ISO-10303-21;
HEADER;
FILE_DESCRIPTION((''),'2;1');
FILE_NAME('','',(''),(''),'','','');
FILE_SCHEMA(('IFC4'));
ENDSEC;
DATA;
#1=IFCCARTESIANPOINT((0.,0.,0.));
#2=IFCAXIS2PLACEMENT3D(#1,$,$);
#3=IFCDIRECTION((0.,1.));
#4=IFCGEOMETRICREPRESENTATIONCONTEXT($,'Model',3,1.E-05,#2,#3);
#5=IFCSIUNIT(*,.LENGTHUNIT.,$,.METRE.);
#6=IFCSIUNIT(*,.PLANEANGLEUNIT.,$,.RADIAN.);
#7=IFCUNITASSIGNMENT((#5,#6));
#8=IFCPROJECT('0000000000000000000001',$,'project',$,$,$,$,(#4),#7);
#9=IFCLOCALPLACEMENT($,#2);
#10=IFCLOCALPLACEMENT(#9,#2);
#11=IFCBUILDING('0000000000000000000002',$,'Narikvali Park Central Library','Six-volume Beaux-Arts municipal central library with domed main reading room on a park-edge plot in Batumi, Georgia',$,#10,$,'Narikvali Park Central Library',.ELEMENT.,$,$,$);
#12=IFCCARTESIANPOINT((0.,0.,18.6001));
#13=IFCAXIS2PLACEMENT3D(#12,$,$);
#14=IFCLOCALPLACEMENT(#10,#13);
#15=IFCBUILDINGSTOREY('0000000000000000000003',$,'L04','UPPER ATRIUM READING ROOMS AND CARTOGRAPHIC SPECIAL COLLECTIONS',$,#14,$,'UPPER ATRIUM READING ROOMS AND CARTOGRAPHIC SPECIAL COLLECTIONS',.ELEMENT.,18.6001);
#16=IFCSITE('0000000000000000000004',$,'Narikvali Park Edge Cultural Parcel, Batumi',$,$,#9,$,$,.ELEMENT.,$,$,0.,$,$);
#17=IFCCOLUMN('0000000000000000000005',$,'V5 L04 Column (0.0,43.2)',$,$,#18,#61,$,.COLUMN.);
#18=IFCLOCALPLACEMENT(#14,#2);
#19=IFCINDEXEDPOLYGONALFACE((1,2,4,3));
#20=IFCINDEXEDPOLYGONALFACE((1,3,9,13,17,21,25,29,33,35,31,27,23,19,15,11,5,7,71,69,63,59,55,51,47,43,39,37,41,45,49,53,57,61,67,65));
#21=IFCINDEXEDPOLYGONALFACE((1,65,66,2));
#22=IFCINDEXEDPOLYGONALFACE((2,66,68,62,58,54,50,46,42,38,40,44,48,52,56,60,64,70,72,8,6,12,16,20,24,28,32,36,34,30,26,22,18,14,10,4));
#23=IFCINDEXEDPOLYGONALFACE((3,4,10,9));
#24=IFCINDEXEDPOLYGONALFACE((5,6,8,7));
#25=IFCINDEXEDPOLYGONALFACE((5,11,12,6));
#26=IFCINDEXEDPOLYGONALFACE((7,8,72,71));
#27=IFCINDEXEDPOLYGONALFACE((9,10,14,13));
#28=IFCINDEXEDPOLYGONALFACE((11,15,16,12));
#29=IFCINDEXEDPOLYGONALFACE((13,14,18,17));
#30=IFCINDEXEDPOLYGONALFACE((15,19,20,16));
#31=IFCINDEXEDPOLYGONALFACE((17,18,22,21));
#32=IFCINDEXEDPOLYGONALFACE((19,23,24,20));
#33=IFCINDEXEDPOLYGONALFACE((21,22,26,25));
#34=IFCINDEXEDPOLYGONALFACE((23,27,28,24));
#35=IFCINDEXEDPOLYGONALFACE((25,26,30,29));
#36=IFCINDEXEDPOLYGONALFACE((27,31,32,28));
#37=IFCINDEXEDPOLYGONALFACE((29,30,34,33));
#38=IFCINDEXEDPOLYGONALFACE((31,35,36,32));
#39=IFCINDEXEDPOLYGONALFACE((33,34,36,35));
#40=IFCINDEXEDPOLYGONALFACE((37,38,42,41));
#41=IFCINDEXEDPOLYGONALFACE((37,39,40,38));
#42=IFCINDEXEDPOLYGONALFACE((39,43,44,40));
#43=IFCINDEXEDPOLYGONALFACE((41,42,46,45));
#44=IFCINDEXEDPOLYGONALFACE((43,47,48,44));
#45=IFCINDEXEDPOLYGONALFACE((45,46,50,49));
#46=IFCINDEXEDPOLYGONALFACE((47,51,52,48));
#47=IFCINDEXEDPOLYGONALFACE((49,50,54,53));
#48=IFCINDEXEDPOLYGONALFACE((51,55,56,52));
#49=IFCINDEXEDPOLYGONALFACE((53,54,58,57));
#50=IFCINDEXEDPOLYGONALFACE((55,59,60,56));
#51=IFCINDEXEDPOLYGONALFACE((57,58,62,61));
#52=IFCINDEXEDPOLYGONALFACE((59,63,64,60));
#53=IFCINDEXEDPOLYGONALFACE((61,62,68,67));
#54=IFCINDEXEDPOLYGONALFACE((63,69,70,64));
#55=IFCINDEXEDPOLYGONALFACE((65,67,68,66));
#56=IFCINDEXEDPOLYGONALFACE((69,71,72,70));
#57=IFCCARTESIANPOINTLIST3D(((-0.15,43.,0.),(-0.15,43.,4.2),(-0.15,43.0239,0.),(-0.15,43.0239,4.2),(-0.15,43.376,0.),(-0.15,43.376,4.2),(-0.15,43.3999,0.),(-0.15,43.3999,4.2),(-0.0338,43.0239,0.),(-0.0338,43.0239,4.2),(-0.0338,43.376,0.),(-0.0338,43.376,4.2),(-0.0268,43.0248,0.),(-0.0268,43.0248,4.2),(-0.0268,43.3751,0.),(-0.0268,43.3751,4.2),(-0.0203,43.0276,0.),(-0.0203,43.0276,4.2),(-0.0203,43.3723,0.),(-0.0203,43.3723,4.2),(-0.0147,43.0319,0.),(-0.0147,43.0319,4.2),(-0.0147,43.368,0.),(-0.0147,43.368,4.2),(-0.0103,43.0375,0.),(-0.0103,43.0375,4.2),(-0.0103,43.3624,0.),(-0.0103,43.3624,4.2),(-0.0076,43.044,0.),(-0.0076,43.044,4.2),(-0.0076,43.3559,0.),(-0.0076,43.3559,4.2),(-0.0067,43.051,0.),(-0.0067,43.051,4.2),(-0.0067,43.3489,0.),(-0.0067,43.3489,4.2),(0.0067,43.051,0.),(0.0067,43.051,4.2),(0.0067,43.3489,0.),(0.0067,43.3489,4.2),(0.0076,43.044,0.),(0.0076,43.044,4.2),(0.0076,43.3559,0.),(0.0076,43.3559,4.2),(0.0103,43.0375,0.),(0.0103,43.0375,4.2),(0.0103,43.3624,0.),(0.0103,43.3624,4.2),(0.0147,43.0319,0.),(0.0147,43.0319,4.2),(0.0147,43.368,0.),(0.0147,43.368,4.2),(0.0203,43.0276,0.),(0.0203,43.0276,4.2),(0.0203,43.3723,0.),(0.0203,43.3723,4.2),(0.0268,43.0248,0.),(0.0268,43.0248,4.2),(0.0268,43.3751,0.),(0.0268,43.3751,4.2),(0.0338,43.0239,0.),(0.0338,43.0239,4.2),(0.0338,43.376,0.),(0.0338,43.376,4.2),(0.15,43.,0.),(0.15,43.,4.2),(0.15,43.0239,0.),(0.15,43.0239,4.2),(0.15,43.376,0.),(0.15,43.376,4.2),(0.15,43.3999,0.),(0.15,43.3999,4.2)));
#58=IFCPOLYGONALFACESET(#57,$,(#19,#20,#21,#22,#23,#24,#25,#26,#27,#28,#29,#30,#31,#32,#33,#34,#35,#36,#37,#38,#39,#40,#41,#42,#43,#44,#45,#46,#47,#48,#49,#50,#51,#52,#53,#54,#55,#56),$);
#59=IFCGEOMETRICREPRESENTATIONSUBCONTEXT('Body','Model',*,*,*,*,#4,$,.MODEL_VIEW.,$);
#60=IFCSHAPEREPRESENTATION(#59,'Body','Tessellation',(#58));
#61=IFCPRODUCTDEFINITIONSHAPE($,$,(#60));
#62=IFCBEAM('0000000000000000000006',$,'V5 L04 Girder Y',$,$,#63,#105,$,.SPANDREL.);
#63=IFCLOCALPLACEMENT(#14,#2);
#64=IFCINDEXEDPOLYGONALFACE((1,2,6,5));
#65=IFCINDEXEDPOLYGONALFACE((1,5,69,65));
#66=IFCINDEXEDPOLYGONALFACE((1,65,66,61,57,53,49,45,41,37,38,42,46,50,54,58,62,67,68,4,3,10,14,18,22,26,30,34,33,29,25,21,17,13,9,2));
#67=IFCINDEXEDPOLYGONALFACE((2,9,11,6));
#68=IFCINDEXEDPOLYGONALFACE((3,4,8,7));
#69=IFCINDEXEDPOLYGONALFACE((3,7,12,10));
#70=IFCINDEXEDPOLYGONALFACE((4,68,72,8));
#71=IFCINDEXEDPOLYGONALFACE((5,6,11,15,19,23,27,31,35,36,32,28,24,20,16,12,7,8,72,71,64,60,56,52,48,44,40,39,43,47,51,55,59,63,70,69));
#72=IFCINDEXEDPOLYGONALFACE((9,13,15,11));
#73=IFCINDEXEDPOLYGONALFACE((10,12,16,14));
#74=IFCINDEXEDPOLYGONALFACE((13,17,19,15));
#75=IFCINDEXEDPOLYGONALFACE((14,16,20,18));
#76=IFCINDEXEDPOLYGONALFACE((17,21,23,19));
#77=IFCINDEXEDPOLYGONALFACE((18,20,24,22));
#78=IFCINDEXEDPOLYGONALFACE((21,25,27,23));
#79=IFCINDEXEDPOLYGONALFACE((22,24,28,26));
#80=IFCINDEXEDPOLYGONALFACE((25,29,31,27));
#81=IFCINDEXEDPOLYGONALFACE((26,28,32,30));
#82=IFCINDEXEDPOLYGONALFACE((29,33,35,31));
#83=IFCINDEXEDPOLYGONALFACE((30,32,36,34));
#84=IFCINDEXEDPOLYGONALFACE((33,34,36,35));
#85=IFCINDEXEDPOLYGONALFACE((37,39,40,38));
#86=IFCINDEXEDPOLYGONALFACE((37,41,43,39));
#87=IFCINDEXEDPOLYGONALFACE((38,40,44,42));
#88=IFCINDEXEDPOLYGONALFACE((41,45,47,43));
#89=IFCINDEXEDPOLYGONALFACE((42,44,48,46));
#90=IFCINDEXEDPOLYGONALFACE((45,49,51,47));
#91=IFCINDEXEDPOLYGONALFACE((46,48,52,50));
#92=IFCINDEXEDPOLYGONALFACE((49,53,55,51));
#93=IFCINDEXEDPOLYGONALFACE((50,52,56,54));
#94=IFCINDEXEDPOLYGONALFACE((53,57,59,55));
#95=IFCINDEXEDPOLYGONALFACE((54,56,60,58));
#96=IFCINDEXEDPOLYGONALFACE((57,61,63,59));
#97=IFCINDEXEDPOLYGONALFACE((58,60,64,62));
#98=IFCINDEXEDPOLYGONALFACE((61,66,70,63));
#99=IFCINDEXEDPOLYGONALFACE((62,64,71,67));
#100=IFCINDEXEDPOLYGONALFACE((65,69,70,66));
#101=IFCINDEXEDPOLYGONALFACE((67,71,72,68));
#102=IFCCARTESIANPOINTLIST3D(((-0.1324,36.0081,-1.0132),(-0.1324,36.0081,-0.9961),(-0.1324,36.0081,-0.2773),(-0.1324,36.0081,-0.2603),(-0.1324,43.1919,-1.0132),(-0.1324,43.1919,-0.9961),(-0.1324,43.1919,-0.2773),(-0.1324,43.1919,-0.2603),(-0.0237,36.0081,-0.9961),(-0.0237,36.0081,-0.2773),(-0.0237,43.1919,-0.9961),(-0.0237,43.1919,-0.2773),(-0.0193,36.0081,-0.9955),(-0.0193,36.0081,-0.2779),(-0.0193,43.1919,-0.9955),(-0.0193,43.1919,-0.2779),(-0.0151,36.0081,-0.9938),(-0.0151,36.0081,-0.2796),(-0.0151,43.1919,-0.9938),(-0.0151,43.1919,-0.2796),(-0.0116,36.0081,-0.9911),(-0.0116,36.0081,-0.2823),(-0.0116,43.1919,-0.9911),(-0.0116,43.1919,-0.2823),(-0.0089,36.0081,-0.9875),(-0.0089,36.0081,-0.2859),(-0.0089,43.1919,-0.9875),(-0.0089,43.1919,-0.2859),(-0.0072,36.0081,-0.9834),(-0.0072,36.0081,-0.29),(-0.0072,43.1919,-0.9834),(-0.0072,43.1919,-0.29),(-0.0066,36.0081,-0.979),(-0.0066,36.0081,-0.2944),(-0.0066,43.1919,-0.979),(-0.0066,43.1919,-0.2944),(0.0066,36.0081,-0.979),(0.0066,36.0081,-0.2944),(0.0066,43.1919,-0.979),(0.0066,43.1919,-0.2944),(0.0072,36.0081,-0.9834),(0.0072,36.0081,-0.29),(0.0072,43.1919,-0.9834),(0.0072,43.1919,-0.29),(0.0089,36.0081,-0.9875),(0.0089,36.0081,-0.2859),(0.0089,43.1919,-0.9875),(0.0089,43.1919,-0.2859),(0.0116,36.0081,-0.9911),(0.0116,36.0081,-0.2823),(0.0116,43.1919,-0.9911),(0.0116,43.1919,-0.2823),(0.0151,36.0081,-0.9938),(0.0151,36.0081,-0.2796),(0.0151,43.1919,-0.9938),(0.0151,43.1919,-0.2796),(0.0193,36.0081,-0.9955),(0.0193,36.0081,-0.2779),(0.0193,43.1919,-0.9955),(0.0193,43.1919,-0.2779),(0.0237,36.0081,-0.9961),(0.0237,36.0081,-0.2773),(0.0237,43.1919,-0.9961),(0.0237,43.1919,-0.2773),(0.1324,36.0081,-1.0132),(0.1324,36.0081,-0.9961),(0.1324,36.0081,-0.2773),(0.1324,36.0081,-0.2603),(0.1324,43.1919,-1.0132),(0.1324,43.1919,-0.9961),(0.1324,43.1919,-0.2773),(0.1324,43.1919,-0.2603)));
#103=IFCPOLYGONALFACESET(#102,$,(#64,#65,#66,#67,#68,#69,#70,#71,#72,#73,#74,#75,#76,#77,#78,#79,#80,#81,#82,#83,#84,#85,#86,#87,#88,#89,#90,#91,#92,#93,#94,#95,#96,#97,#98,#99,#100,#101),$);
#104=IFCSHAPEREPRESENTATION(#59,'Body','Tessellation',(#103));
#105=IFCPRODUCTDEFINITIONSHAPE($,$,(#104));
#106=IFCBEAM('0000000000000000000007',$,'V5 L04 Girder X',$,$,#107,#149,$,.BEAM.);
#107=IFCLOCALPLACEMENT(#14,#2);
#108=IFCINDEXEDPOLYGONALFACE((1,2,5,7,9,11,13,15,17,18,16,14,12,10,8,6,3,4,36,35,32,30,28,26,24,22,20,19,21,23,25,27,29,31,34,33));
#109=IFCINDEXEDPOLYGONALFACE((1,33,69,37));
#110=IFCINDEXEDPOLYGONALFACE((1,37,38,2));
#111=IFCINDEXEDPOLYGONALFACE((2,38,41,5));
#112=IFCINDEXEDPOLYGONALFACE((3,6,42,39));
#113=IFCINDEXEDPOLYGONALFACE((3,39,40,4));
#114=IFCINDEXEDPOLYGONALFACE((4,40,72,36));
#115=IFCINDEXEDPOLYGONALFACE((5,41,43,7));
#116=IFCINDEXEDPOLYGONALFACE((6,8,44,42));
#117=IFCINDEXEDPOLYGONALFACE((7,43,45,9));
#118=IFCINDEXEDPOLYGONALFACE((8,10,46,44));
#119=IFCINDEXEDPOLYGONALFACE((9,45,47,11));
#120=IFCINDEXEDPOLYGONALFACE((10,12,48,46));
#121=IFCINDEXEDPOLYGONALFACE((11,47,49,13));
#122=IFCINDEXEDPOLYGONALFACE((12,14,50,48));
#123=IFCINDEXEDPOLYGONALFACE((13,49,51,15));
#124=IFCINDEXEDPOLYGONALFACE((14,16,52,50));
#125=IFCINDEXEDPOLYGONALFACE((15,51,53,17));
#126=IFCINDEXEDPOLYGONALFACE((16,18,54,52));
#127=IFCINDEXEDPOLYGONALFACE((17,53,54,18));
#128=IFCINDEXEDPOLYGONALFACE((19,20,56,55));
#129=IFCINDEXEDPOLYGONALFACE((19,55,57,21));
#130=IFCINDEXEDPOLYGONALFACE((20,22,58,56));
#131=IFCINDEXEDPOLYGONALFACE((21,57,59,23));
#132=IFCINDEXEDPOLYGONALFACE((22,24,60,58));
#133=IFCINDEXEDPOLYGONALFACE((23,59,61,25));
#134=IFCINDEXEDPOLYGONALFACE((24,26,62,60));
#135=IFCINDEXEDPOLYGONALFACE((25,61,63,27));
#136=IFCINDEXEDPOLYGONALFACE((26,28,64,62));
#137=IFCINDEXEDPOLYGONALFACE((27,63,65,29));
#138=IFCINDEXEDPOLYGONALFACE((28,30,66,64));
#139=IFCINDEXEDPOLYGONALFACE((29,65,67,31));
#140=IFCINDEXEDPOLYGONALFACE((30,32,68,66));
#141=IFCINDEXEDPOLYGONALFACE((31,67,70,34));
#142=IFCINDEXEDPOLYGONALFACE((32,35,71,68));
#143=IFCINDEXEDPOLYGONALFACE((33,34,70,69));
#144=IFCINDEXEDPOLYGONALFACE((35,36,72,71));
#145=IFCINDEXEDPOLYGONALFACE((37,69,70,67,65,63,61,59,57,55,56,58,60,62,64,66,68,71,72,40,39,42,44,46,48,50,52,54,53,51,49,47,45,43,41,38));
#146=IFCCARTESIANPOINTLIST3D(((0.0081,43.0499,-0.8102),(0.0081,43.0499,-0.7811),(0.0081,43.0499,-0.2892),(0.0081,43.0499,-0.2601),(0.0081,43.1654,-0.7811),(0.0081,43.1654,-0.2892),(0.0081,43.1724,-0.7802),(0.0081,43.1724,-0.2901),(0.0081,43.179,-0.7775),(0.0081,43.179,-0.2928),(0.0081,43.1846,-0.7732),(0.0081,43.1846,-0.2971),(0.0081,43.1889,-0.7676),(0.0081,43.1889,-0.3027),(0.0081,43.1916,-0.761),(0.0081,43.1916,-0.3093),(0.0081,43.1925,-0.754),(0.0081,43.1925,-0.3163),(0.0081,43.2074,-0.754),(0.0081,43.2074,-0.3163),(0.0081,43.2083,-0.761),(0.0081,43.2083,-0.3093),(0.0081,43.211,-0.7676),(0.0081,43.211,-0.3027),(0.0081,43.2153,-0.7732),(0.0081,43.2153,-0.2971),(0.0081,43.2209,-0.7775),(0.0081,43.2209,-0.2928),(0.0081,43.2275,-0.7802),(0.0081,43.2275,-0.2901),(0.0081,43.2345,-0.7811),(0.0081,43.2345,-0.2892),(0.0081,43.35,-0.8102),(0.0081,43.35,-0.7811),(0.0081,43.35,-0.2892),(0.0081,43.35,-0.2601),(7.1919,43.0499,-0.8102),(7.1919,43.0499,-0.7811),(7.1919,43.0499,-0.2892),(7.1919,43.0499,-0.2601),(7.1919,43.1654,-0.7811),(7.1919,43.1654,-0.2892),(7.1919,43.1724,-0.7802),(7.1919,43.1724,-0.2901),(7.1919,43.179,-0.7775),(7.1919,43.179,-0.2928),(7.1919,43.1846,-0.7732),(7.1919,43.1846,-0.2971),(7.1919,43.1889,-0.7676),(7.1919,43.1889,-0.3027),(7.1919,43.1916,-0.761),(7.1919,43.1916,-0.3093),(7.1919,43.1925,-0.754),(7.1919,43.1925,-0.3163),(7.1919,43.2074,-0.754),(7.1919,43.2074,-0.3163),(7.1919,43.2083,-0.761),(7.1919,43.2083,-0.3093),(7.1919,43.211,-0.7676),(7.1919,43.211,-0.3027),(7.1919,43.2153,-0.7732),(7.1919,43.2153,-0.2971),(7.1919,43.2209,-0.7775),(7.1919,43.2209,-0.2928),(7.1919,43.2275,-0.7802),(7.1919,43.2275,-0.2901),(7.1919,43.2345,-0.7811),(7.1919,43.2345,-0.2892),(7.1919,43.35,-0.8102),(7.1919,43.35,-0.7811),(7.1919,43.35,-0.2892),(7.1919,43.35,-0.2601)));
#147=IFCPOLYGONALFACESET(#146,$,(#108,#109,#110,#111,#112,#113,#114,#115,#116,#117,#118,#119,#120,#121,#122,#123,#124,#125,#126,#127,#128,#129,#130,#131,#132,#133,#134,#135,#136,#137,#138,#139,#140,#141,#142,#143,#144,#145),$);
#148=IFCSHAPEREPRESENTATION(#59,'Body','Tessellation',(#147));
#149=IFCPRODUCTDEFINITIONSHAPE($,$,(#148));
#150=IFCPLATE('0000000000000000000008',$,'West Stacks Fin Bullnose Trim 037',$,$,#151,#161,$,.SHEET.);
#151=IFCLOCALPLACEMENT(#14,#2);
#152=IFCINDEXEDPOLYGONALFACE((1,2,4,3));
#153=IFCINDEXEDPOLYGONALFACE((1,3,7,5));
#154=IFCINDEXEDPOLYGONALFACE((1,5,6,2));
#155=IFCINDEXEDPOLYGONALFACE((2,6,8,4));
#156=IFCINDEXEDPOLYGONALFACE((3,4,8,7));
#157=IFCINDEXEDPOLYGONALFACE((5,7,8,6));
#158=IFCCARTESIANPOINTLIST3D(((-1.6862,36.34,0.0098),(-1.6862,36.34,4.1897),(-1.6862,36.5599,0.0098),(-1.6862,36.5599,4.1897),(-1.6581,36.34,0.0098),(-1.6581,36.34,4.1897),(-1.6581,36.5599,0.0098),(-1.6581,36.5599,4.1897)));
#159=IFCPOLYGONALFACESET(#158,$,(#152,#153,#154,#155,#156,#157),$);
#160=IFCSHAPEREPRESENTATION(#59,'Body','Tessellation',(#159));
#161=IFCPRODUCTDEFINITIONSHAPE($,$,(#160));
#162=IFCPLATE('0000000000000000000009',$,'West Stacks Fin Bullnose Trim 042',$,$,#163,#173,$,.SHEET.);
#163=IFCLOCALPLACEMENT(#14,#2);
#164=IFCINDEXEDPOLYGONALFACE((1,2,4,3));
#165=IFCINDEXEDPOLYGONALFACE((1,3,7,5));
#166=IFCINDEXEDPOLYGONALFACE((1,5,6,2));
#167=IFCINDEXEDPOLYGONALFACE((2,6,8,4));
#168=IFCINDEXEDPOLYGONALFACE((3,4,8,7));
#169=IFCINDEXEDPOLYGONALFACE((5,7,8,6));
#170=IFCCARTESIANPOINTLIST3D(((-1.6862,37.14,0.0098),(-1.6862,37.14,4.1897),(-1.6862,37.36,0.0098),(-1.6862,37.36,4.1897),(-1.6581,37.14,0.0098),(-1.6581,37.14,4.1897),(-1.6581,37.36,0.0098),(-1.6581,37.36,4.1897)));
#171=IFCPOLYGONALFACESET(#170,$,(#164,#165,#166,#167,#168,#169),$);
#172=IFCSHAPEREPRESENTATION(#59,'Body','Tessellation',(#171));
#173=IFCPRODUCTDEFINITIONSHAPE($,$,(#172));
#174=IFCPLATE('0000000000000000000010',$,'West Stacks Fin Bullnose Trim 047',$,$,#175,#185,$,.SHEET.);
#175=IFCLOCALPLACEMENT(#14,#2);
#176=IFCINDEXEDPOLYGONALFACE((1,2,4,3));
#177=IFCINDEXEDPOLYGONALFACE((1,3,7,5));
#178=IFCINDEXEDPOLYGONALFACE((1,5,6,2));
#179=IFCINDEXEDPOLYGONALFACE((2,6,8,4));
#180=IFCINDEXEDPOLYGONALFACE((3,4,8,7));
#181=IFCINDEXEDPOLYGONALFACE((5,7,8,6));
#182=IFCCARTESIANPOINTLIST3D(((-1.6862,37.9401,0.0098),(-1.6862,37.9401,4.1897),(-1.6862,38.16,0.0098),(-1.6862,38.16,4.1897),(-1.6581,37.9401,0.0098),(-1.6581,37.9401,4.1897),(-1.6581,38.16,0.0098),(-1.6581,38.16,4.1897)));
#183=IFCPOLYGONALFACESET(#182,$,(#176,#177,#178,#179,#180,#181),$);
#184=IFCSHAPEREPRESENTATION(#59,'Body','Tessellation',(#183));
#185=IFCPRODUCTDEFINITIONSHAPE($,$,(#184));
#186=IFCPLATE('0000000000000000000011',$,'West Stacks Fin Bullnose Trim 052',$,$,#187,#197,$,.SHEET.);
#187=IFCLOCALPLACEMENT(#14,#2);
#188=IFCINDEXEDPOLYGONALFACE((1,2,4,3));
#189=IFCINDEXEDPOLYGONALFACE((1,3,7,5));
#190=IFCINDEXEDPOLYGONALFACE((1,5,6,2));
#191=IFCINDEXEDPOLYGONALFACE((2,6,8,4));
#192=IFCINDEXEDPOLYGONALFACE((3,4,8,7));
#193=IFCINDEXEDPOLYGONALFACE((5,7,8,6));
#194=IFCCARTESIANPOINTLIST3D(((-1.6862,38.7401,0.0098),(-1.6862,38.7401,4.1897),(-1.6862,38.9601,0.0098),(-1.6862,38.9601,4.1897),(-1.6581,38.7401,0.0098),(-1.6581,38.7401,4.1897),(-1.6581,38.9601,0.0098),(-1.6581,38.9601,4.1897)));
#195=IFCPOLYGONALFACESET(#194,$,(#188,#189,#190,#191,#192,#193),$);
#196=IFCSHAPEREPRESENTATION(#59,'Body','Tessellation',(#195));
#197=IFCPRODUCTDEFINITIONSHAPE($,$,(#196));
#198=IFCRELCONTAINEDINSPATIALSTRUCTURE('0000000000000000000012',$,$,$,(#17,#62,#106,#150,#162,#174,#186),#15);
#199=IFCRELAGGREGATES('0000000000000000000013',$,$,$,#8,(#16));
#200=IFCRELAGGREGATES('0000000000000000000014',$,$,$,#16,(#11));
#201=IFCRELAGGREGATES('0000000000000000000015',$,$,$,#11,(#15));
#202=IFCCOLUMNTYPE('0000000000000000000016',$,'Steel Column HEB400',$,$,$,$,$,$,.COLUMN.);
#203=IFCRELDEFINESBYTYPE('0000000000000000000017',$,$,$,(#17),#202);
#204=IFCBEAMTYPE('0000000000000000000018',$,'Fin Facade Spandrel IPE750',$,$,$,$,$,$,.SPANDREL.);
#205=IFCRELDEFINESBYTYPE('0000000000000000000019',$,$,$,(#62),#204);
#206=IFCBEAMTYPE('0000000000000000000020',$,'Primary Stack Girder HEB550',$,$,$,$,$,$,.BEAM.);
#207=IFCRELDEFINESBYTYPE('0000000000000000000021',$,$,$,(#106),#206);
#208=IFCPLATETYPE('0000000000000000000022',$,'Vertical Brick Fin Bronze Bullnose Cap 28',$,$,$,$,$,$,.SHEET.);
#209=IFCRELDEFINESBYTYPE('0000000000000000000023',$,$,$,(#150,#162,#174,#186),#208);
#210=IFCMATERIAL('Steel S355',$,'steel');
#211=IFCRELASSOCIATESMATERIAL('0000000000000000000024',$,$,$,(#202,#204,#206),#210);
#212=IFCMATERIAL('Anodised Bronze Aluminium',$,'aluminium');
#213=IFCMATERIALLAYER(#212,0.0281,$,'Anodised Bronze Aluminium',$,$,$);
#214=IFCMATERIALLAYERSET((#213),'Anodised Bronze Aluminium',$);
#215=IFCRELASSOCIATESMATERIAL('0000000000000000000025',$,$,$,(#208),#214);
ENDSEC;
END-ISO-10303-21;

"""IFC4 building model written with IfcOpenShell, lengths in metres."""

from ifc_helpers import new_model, si_unit, direction, frame, origin, origin_2d, place, context, subcontext, project, spatial, rectangle, i_section, extrude, material, layer, layer_set, material_profile, profile_set, type_object, element, save


model = new_model("IFC4")

# Units and contexts
model_context = context("Model", 3, precision=1e-05, world=origin(), true_north=direction((0.0, 1.0)))
body_context = subcontext(model_context, "Body", "Model", "MODEL_VIEW")
ifc_project = project(units=[si_unit("LENGTHUNIT", "METRE"), si_unit("PLANEANGLEUNIT", "RADIAN")], contexts=[model_context])

# Site, building, storey
site_placement = place(None, origin())
site = spatial("IfcSite", under=ifc_project, at=site_placement, Name="Narikvali Park Edge Cultural Parcel, Batumi", CompositionType="ELEMENT", RefElevation=0.0)
building_placement = place(site_placement, origin())
building = spatial("IfcBuilding", under=site, at=building_placement, Name="Narikvali Park Central Library", Description="Six-volume Beaux-Arts municipal central library with domed main reading room on a park-edge plot in Batumi, Georgia", LongName="Narikvali Park Central Library", CompositionType="ELEMENT")
storey_placement = place(building_placement, frame((0.0, 0.0, 18.6001)))
storey = spatial("IfcBuildingStorey", under=building, at=storey_placement, Name="L04", Description="UPPER ATRIUM READING ROOMS AND CARTOGRAPHIC SPECIAL COLLECTIONS", LongName="UPPER ATRIUM READING ROOMS AND CARTOGRAPHIC SPECIAL COLLECTIONS", CompositionType="ELEMENT", Elevation=18.6001)

# Column
ifc_material_1 = material(Name="Steel S355", Category="steel")
ifc_material_profile_1 = material_profile(ifc_material_1, i_section(OverallWidth=0.3, OverallDepth=0.3999, WebThickness=0.0134, FlangeThickness=0.0239, FilletRadius=0.0271, at=origin_2d()), Name="HEB 400")
ifc_profile_set_1 = profile_set([ifc_material_profile_1], Name="Steel S355")
column_type = type_object("IfcColumnType", Name="Steel Column HEB400", PredefinedType="COLUMN", material=ifc_profile_set_1)
column_placement = place(storey_placement, frame((0.0, 43.2, 0.0), z_axis=(0.0, 0.0, 1.0), x_axis=(1.0, 0.0, 0.0)))
element("IfcColumn", 1, at=column_placement, inside=storey, type_object=column_type, Name="V5 L04 Column (0.0,43.2)", PredefinedType="COLUMN", context=body_context, shape_type="SweptSolid", body=[
    extrude(i_section(OverallWidth=0.3, OverallDepth=0.3999, WebThickness=0.0134, FlangeThickness=0.0239, FilletRadius=0.0271, at=origin_2d()), origin(), (0.0, 0.0, 1.0), 4.2),
])

# Beams
ifc_material_profile_2 = material_profile(ifc_material_1, i_section(OverallWidth=0.2649, OverallDepth=0.7529, WebThickness=0.0132, FlangeThickness=0.0171, FilletRadius=0.0171, at=origin_2d()), Name="IPE 750x147")
ifc_profile_set_2 = profile_set([ifc_material_profile_2], Name="Steel S355")
beam_type_1 = type_object("IfcBeamType", Name="Fin Facade Spandrel IPE750", PredefinedType="SPANDREL", material=ifc_profile_set_2)
beam_1_placement = place(storey_placement, frame((0.0, 36.0081, -0.6367), z_axis=(0.0, 1.0, 0.0), x_axis=(-1.0, 0.0, 0.0)))
element("IfcBeam", 2, at=beam_1_placement, inside=storey, type_object=beam_type_1, Name="V5 L04 Girder Y", PredefinedType="SPANDREL", context=body_context, shape_type="SweptSolid", body=[
    extrude(i_section(OverallWidth=0.2649, OverallDepth=0.7529, WebThickness=0.0132, FlangeThickness=0.0171, FilletRadius=0.0171, at=origin_2d()), origin(), (0.0, 0.0, 1.0), 7.1838),
])
ifc_material_profile_3 = material_profile(ifc_material_1, i_section(OverallWidth=0.3, OverallDepth=0.55, WebThickness=0.0149, FlangeThickness=0.0291, FilletRadius=0.0271, at=origin_2d()), Name="HEB 550")
ifc_profile_set_3 = profile_set([ifc_material_profile_3], Name="Steel S355")
beam_type_2 = type_object("IfcBeamType", Name="Primary Stack Girder HEB550", PredefinedType="BEAM", material=ifc_profile_set_3)
beam_2_placement = place(storey_placement, frame((0.0081, 43.2, -0.5352), z_axis=(1.0, 0.0, 0.0), x_axis=(0.0, 1.0, 0.0)))
element("IfcBeam", 3, at=beam_2_placement, inside=storey, type_object=beam_type_2, Name="V5 L04 Girder X", PredefinedType="BEAM", context=body_context, shape_type="SweptSolid", body=[
    extrude(i_section(OverallWidth=0.3, OverallDepth=0.55, WebThickness=0.0149, FlangeThickness=0.0291, FilletRadius=0.0271, at=origin_2d()), origin(), (0.0, 0.0, 1.0), 7.1838),
])

# Plates
ifc_material_2 = material(Name="Anodised Bronze Aluminium", Category="aluminium")
ifc_layer_1 = layer(ifc_material_2, 0.0281, Name="Anodised Bronze Aluminium")
ifc_layer_set_1 = layer_set([ifc_layer_1], Name="Anodised Bronze Aluminium")
plate_type = type_object("IfcPlateType", Name="Vertical Brick Fin Bronze Bullnose Cap 28", PredefinedType="SHEET", material=ifc_layer_set_1)
for number, where, z_axis, x_axis, name in (
    (4, (-1.6721, 36.45, 0.0098), (0.0, 0.0, 1.0), (1.0, 0.0, 0.0), "West Stacks Fin Bullnose Trim 037"),
    (5, (-1.6721, 37.25, 0.0098), (0.0, 0.0, 1.0), (1.0, 0.0, 0.0), "West Stacks Fin Bullnose Trim 042"),
    (6, (-1.6721, 38.05, 0.0098), (0.0, 0.0, 1.0), (1.0, 0.0, 0.0), "West Stacks Fin Bullnose Trim 047"),
    (7, (-1.6721, 38.8501, 0.0098), (0.0, 0.0, 1.0), (1.0, 0.0, 0.0), "West Stacks Fin Bullnose Trim 052"),
):
    element("IfcPlate", number, at=place(storey_placement, frame(where, z_axis=z_axis, x_axis=x_axis)), inside=storey, type_object=plate_type, Name=name, PredefinedType="SHEET", context=body_context, shape_type="SweptSolid", body=[
        extrude(rectangle(XDim=0.0281, YDim=0.22, at=origin_2d()), origin(), (0.0, 0.0, 1.0), 4.1799),
    ])

save(model, "model.ifc")
